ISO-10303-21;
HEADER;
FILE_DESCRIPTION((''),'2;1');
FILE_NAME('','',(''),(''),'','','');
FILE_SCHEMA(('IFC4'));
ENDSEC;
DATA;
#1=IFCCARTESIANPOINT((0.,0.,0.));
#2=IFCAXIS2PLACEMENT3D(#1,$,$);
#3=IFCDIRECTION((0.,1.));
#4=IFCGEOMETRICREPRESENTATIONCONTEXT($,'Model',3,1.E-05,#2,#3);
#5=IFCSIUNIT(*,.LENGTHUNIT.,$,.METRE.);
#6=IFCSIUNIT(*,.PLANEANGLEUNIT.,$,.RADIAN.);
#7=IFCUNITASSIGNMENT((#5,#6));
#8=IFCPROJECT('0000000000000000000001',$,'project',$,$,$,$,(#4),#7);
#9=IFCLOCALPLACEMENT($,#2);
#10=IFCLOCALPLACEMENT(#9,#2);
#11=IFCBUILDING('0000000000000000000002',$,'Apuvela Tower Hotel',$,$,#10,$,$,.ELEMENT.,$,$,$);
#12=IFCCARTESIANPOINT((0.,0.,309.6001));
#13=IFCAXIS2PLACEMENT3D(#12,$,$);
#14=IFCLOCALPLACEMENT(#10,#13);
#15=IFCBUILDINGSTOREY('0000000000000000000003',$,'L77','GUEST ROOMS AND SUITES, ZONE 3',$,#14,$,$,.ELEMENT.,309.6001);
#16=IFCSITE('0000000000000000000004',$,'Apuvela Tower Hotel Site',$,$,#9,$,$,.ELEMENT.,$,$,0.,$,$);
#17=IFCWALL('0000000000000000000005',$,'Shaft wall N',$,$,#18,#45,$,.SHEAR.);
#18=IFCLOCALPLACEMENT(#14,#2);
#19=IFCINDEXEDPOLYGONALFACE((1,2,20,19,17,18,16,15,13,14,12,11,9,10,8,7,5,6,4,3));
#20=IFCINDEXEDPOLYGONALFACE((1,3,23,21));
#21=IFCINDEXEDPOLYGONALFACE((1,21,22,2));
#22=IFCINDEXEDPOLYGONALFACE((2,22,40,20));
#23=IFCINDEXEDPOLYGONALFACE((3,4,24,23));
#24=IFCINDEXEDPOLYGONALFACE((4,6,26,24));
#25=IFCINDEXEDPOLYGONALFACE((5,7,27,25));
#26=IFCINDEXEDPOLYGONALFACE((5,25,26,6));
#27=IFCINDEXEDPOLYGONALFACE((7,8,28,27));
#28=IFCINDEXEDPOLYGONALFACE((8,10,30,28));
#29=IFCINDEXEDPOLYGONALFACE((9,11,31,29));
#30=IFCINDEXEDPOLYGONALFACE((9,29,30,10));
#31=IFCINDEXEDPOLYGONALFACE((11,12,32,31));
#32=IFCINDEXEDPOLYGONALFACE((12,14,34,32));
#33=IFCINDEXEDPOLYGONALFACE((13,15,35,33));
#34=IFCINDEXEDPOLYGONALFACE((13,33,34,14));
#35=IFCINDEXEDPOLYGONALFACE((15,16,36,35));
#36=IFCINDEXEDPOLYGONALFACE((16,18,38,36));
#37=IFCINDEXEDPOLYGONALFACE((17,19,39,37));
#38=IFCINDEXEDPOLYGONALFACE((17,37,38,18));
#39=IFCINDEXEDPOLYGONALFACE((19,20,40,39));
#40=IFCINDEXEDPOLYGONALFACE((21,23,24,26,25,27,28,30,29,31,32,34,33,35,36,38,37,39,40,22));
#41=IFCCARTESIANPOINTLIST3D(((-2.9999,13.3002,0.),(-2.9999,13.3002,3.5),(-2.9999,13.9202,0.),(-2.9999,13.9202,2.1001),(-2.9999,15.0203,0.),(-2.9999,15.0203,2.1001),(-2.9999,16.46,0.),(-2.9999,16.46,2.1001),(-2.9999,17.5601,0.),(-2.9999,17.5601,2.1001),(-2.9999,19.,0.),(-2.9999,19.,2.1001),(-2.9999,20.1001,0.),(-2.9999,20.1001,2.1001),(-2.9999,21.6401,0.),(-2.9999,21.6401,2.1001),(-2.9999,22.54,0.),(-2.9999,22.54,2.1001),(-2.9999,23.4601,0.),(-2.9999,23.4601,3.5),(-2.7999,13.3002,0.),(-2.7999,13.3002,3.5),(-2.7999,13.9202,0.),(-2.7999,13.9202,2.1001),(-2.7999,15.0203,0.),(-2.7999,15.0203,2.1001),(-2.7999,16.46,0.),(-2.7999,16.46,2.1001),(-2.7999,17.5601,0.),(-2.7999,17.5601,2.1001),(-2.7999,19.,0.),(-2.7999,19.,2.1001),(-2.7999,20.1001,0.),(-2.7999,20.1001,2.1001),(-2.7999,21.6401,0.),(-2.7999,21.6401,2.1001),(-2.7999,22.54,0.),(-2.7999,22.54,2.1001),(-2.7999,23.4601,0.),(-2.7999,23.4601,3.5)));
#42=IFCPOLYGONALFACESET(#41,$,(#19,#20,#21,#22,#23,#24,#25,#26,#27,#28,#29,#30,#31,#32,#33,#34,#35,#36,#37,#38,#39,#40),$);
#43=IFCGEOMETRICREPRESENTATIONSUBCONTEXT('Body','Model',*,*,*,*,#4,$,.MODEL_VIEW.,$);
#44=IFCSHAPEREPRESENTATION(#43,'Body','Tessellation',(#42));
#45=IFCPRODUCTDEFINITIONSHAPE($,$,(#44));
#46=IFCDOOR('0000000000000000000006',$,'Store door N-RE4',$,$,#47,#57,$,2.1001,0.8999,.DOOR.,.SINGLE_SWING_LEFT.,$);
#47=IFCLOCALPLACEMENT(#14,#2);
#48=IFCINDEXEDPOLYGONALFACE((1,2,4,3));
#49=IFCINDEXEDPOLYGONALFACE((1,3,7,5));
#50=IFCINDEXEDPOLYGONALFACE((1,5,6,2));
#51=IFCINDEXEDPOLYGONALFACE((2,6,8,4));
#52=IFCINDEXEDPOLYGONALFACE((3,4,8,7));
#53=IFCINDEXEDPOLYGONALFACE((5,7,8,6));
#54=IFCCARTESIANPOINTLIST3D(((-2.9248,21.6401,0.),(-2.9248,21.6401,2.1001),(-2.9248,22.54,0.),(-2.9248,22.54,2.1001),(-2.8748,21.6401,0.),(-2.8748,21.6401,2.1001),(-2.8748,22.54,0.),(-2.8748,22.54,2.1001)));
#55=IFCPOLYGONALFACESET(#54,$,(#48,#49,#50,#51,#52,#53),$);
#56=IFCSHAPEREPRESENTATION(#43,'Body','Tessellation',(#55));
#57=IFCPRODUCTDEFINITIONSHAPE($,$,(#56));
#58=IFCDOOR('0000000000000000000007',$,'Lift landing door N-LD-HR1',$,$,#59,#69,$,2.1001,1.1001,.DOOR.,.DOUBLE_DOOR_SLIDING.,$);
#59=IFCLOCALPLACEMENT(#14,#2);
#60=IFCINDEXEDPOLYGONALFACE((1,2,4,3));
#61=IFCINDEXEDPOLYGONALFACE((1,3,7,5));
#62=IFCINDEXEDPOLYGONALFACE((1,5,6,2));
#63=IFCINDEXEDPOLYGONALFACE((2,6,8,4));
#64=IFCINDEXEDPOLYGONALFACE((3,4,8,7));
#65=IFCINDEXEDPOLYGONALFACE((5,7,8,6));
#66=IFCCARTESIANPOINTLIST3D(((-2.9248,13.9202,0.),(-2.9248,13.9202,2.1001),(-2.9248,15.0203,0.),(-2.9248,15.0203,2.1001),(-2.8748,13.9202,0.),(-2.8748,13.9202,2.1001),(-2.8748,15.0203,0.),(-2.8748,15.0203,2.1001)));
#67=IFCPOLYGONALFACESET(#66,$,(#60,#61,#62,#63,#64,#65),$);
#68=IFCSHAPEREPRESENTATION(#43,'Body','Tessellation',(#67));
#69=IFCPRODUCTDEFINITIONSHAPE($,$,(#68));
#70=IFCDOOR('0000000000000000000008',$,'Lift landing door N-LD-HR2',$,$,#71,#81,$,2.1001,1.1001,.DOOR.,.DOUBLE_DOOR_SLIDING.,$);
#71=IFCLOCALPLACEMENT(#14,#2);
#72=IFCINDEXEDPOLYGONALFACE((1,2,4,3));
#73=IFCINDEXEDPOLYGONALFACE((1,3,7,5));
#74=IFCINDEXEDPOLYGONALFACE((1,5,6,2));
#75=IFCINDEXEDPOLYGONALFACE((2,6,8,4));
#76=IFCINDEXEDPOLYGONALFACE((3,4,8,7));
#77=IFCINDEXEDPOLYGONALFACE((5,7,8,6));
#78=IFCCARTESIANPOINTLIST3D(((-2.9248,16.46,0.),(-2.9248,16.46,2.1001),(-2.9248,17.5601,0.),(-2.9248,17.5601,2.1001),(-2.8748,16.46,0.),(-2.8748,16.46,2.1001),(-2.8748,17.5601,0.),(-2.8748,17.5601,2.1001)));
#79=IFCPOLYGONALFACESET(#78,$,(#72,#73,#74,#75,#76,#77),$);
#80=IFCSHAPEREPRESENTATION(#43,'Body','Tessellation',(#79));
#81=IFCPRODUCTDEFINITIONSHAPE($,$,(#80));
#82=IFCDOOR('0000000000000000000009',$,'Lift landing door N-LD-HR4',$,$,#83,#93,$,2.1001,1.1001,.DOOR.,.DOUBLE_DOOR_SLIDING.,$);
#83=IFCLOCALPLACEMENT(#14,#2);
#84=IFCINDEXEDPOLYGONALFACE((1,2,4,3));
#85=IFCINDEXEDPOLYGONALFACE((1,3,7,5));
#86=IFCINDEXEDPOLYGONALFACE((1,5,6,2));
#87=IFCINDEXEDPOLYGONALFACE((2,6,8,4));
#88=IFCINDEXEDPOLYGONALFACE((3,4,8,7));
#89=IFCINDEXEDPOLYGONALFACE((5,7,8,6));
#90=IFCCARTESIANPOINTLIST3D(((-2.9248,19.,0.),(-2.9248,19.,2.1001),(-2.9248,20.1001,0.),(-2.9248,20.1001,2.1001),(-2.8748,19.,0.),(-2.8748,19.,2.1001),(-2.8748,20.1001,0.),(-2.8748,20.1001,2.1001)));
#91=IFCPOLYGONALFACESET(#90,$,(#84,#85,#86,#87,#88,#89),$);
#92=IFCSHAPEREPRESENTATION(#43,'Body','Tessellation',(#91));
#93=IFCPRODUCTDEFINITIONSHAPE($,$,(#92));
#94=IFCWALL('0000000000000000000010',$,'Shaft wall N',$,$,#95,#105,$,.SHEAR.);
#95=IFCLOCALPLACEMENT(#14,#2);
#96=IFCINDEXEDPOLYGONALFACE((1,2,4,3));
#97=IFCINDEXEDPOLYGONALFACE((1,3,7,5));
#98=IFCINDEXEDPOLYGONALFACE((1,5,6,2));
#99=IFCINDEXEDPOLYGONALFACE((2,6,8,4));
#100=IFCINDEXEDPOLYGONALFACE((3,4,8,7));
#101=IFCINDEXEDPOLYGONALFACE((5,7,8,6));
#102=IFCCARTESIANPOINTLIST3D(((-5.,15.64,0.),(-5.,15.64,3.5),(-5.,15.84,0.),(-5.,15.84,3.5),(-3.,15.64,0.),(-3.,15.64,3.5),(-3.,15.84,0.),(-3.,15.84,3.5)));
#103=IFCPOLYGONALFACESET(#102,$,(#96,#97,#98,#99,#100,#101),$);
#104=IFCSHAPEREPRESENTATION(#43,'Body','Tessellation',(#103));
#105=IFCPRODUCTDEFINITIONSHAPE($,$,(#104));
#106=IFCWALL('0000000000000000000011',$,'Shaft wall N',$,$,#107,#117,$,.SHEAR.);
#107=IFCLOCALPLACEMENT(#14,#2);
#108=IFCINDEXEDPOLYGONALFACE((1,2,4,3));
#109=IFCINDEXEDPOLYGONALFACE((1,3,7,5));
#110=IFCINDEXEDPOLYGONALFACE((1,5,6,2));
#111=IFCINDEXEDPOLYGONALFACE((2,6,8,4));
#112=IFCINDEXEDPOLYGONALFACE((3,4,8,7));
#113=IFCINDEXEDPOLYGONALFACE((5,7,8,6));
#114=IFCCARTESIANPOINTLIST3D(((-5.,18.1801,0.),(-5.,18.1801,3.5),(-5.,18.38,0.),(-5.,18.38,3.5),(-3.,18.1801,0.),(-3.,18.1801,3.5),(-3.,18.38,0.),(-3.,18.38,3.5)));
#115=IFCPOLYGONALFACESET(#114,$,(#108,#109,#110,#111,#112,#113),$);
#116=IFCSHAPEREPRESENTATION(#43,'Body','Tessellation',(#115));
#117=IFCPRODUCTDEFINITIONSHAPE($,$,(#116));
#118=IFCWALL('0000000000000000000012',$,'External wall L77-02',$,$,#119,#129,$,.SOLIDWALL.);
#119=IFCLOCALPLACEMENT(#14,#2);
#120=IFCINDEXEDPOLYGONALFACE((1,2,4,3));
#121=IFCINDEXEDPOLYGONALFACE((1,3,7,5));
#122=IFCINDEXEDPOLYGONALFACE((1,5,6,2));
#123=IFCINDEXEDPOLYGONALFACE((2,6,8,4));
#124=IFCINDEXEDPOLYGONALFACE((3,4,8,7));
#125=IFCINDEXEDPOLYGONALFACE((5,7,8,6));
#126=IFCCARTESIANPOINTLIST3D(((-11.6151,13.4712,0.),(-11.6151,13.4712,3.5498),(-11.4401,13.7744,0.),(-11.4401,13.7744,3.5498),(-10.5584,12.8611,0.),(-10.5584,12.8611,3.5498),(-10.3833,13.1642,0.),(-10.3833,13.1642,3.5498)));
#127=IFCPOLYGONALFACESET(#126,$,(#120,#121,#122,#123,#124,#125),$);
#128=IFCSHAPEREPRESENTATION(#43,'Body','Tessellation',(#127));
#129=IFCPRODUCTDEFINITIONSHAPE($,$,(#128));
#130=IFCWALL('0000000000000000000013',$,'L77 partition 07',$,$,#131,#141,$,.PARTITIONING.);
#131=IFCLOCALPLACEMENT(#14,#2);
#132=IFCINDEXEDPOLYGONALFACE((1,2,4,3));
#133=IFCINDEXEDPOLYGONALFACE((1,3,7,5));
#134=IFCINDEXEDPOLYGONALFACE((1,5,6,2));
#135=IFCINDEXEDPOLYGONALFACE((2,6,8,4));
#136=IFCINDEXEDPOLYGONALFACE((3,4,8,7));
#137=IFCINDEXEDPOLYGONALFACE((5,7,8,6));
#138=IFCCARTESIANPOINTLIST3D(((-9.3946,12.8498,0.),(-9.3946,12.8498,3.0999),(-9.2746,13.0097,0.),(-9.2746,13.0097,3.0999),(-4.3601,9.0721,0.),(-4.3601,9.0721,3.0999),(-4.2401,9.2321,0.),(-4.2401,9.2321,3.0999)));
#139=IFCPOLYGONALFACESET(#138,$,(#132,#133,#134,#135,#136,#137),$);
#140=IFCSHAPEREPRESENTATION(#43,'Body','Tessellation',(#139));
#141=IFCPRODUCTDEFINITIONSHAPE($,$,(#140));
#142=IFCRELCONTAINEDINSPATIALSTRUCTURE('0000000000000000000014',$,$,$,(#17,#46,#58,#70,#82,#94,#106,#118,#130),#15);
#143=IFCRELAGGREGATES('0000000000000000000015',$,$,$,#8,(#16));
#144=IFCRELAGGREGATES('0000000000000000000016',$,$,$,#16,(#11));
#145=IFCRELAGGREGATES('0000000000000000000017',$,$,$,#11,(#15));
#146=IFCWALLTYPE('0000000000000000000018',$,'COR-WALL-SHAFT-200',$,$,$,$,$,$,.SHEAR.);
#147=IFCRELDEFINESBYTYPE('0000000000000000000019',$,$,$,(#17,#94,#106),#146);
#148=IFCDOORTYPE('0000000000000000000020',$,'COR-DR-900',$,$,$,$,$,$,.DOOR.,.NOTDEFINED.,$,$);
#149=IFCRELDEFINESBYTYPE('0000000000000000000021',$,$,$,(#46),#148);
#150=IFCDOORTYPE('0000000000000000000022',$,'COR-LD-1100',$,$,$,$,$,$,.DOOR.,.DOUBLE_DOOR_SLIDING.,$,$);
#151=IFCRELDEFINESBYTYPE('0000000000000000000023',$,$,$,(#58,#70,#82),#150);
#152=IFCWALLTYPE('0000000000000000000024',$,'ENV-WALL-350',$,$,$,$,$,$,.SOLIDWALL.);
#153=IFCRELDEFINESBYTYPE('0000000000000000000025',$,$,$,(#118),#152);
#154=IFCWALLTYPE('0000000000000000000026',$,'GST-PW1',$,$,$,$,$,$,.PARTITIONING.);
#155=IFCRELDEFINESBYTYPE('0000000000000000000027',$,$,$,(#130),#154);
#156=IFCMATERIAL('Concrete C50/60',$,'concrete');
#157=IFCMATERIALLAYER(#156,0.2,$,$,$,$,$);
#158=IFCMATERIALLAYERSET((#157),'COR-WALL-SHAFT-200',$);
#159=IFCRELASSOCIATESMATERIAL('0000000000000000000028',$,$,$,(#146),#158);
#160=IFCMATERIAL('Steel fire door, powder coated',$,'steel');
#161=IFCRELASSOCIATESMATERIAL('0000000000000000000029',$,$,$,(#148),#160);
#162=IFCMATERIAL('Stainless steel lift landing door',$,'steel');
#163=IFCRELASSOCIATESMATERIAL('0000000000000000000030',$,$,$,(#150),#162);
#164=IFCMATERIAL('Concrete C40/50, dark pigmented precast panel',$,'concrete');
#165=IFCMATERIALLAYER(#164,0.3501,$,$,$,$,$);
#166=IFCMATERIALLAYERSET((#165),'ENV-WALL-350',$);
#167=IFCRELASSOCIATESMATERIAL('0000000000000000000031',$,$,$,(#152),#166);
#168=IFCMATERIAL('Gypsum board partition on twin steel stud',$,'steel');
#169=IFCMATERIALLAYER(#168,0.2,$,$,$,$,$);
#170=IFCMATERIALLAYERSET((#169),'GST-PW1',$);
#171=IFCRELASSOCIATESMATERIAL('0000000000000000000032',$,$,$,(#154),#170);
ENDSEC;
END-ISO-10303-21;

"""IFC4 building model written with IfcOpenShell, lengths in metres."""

from ifc_helpers import new_model, si_unit, direction, frame, frame_2d, origin, place, context, subcontext, project, spatial, rectangle, extrude, material, layer, layer_set, type_object, element, fill, save


model = new_model("IFC4")

# Units and contexts
model_context = context("Model", 3, precision=1e-05, world=origin(), true_north=direction((0.0, 1.0)))
body_context = subcontext(model_context, "Body", "Model", "MODEL_VIEW")
ifc_project = project(units=[si_unit("LENGTHUNIT", "METRE"), si_unit("PLANEANGLEUNIT", "RADIAN")], contexts=[model_context])

# Site, building, storey
site_placement = place(None, origin())
site = spatial("IfcSite", under=ifc_project, at=site_placement, Name="Apuvela Tower Hotel Site", CompositionType="ELEMENT", RefElevation=0.0)
building_placement = place(site_placement, origin())
building = spatial("IfcBuilding", under=site, at=building_placement, Name="Apuvela Tower Hotel", CompositionType="ELEMENT")
storey_placement = place(building_placement, frame((0.0, 0.0, 309.6001)))
storey = spatial("IfcBuildingStorey", under=building, at=storey_placement, Name="L77", Description="GUEST ROOMS AND SUITES, ZONE 3", CompositionType="ELEMENT", Elevation=309.6001)

# Shared definitions
ifc_material_1 = material(Name="Concrete C50/60", Category="concrete")
ifc_layer_1 = layer(ifc_material_1, 0.2)
ifc_layer_set_1 = layer_set([ifc_layer_1], Name="COR-WALL-SHAFT-200")
wall_type_1 = type_object("IfcWallType", Name="COR-WALL-SHAFT-200", PredefinedType="SHEAR", material=ifc_layer_set_1)

# Wall, openings, doors
wall_1_placement = place(storey_placement, frame((-2.8999, 13.3, 0.0), z_axis=(0.0, 0.0, 1.0), x_axis=(0.0, 1.0, 0.0)))
wall_1 = element("IfcWall", 1, at=wall_1_placement, inside=storey, type_object=wall_type_1, Name="Shaft wall N", PredefinedType="SHEAR", context=body_context, shape_type="SweptSolid", body=[
    extrude(rectangle(XDim=10.1599, YDim=0.2, at=frame_2d((5.0801, 0.0))), origin(), (0.0, 0.0, 1.0), 3.5),
])
opening_1_placement = place(wall_1_placement, frame((0.6201, 0.0, 0.0)))
opening_1 = element("IfcOpeningElement", 2, at=opening_1_placement, cuts=wall_1, PredefinedType="OPENING", context=body_context, shape_type="SweptSolid", body=[
    extrude(rectangle(XDim=1.1001, YDim=2.1001, at=frame_2d((0.55, 1.05))), frame((0.0, 0.1099, 0.0), z_axis=(0.0, -1.0, 0.0), x_axis=(1.0, 0.0, 0.0)), (0.0, 0.0, 1.0), 0.22),
])
opening_2_placement = place(wall_1_placement, frame((3.1599, 0.0, 0.0)))
opening_2 = element("IfcOpeningElement", 3, at=opening_2_placement, cuts=wall_1, PredefinedType="OPENING", context=body_context, shape_type="SweptSolid", body=[
    extrude(rectangle(XDim=1.1001, YDim=2.1001, at=frame_2d((0.55, 1.05))), frame((0.0, 0.1099, 0.0), z_axis=(0.0, -1.0, 0.0), x_axis=(1.0, 0.0, 0.0)), (0.0, 0.0, 1.0), 0.22),
])
opening_3_placement = place(wall_1_placement, frame((5.7, 0.0, 0.0)))
opening_3 = element("IfcOpeningElement", 4, at=opening_3_placement, cuts=wall_1, PredefinedType="OPENING", context=body_context, shape_type="SweptSolid", body=[
    extrude(rectangle(XDim=1.1001, YDim=2.1001, at=frame_2d((0.55, 1.05))), frame((0.0, 0.1099, 0.0), z_axis=(0.0, -1.0, 0.0), x_axis=(1.0, 0.0, 0.0)), (0.0, 0.0, 1.0), 0.22),
])
opening_4_placement = place(wall_1_placement, frame((8.3401, 0.0, 0.0)))
opening_4 = element("IfcOpeningElement", 5, at=opening_4_placement, cuts=wall_1, PredefinedType="OPENING", context=body_context, shape_type="SweptSolid", body=[
    extrude(rectangle(XDim=0.8999, YDim=2.1001, at=frame_2d((0.45, 1.05))), frame((0.0, 0.1099, 0.0), z_axis=(0.0, -1.0, 0.0), x_axis=(1.0, 0.0, 0.0)), (0.0, 0.0, 1.0), 0.22),
])
ifc_material_2 = material(Name="Steel fire door, powder coated", Category="steel")
door_type_1 = type_object("IfcDoorType", Name="COR-DR-900", OperationType="NOTDEFINED", PredefinedType="DOOR", material=ifc_material_2)
door_1_placement = place(opening_4_placement, origin())
door_1 = element("IfcDoor", 6, at=door_1_placement, inside=storey, type_object=door_type_1, Name="Store door N-RE4", OperationType="SINGLE_SWING_LEFT", OverallHeight=2.1001, OverallWidth=0.8999, PredefinedType="DOOR", context=body_context, shape_type="SweptSolid", body=[
    extrude(rectangle(XDim=0.8999, YDim=2.1001, at=frame_2d((0.45, 1.05))), frame((0.0, 0.0249, 0.0), z_axis=(0.0, -1.0, 0.0), x_axis=(1.0, 0.0, 0.0)), (0.0, 0.0, 1.0), 0.05),
])
fill(opening_4, door_1)
ifc_material_3 = material(Name="Stainless steel lift landing door", Category="steel")
door_type_2 = type_object("IfcDoorType", Name="COR-LD-1100", OperationType="DOUBLE_DOOR_SLIDING", PredefinedType="DOOR", material=ifc_material_3)
door_2_placement = place(opening_1_placement, origin())
door_2 = element("IfcDoor", 7, at=door_2_placement, inside=storey, type_object=door_type_2, Name="Lift landing door N-LD-HR1", OperationType="DOUBLE_DOOR_SLIDING", OverallHeight=2.1001, OverallWidth=1.1001, PredefinedType="DOOR", context=body_context, shape_type="SweptSolid", body=[
    extrude(rectangle(XDim=1.1001, YDim=2.1001, at=frame_2d((0.55, 1.05))), frame((0.0, 0.0249, 0.0), z_axis=(0.0, -1.0, 0.0), x_axis=(1.0, 0.0, 0.0)), (0.0, 0.0, 1.0), 0.05),
])
fill(opening_1, door_2)
door_3_placement = place(opening_2_placement, origin())
door_3 = element("IfcDoor", 8, at=door_3_placement, inside=storey, type_object=door_type_2, Name="Lift landing door N-LD-HR2", OperationType="DOUBLE_DOOR_SLIDING", OverallHeight=2.1001, OverallWidth=1.1001, PredefinedType="DOOR", context=body_context, shape_type="SweptSolid", body=[
    extrude(rectangle(XDim=1.1001, YDim=2.1001, at=frame_2d((0.55, 1.05))), frame((0.0, 0.0249, 0.0), z_axis=(0.0, -1.0, 0.0), x_axis=(1.0, 0.0, 0.0)), (0.0, 0.0, 1.0), 0.05),
])
fill(opening_2, door_3)
door_4_placement = place(opening_3_placement, origin())
door_4 = element("IfcDoor", 9, at=door_4_placement, inside=storey, type_object=door_type_2, Name="Lift landing door N-LD-HR4", OperationType="DOUBLE_DOOR_SLIDING", OverallHeight=2.1001, OverallWidth=1.1001, PredefinedType="DOOR", context=body_context, shape_type="SweptSolid", body=[
    extrude(rectangle(XDim=1.1001, YDim=2.1001, at=frame_2d((0.55, 1.05))), frame((0.0, 0.0249, 0.0), z_axis=(0.0, -1.0, 0.0), x_axis=(1.0, 0.0, 0.0)), (0.0, 0.0, 1.0), 0.05),
])
fill(opening_3, door_4)

# Walls
for number, where, z_axis, x_axis, name in (
    (10, (-3.0, 15.74, 0.0), (0.0, 0.0, 1.0), (-1.0, 0.0, 0.0), "Shaft wall N"),
    (11, (-3.0, 18.28, 0.0), (0.0, 0.0, 1.0), (-1.0, 0.0, 0.0), "Shaft wall N"),
):
    element("IfcWall", number, at=place(storey_placement, frame(where, z_axis=z_axis, x_axis=x_axis)), inside=storey, type_object=wall_type_1, Name=name, PredefinedType="SHEAR", context=body_context, shape_type="SweptSolid", body=[
        extrude(rectangle(XDim=2.0, YDim=0.2, at=frame_2d((1.0, 0.0))), origin(), (0.0, 0.0, 1.0), 3.5),
    ])
ifc_material_4 = material(Name="Concrete C40/50, dark pigmented precast panel", Category="concrete")
ifc_layer_2 = layer(ifc_material_4, 0.3501)
ifc_layer_set_2 = layer_set([ifc_layer_2], Name="ENV-WALL-350")
wall_type_2 = type_object("IfcWallType", Name="ENV-WALL-350", PredefinedType="SOLIDWALL", material=ifc_layer_set_2)
wall_2_placement = place(storey_placement, frame((-11.5276, 13.6228, 0.0), z_axis=(0.0, 0.0, 1.0), x_axis=(0.866006, -0.500034, 0.0)))
element("IfcWall", 12, at=wall_2_placement, inside=storey, type_object=wall_type_2, Name="External wall L77-02", PredefinedType="SOLIDWALL", context=body_context, shape_type="SweptSolid", body=[
    extrude(rectangle(XDim=1.2202, YDim=0.3501, at=frame_2d((0.6101, 0.0))), origin(), (0.0, 0.0, 1.0), 3.5498),
])

# Wall
ifc_material_5 = material(Name="Gypsum board partition on twin steel stud", Category="steel")
ifc_layer_3 = layer(ifc_material_5, 0.2)
ifc_layer_set_3 = layer_set([ifc_layer_3], Name="GST-PW1")
wall_type_3 = type_object("IfcWallType", Name="GST-PW1", PredefinedType="PARTITIONING", material=ifc_layer_set_3)
wall_3_placement = place(storey_placement, frame((-9.3345, 12.9297, 0.0), z_axis=(0.0, 0.0, 1.0), x_axis=(0.799865, -0.60018, 0.0)))
element("IfcWall", 13, at=wall_3_placement, inside=storey, type_object=wall_type_3, Name="L77 partition 07", PredefinedType="PARTITIONING", context=body_context, shape_type="SweptSolid", body=[
    extrude(rectangle(XDim=6.2942, YDim=0.2, at=frame_2d((3.147, 0.0))), origin(), (0.0, 0.0, 1.0), 3.0999),
])

save(model, "model.ifc")
